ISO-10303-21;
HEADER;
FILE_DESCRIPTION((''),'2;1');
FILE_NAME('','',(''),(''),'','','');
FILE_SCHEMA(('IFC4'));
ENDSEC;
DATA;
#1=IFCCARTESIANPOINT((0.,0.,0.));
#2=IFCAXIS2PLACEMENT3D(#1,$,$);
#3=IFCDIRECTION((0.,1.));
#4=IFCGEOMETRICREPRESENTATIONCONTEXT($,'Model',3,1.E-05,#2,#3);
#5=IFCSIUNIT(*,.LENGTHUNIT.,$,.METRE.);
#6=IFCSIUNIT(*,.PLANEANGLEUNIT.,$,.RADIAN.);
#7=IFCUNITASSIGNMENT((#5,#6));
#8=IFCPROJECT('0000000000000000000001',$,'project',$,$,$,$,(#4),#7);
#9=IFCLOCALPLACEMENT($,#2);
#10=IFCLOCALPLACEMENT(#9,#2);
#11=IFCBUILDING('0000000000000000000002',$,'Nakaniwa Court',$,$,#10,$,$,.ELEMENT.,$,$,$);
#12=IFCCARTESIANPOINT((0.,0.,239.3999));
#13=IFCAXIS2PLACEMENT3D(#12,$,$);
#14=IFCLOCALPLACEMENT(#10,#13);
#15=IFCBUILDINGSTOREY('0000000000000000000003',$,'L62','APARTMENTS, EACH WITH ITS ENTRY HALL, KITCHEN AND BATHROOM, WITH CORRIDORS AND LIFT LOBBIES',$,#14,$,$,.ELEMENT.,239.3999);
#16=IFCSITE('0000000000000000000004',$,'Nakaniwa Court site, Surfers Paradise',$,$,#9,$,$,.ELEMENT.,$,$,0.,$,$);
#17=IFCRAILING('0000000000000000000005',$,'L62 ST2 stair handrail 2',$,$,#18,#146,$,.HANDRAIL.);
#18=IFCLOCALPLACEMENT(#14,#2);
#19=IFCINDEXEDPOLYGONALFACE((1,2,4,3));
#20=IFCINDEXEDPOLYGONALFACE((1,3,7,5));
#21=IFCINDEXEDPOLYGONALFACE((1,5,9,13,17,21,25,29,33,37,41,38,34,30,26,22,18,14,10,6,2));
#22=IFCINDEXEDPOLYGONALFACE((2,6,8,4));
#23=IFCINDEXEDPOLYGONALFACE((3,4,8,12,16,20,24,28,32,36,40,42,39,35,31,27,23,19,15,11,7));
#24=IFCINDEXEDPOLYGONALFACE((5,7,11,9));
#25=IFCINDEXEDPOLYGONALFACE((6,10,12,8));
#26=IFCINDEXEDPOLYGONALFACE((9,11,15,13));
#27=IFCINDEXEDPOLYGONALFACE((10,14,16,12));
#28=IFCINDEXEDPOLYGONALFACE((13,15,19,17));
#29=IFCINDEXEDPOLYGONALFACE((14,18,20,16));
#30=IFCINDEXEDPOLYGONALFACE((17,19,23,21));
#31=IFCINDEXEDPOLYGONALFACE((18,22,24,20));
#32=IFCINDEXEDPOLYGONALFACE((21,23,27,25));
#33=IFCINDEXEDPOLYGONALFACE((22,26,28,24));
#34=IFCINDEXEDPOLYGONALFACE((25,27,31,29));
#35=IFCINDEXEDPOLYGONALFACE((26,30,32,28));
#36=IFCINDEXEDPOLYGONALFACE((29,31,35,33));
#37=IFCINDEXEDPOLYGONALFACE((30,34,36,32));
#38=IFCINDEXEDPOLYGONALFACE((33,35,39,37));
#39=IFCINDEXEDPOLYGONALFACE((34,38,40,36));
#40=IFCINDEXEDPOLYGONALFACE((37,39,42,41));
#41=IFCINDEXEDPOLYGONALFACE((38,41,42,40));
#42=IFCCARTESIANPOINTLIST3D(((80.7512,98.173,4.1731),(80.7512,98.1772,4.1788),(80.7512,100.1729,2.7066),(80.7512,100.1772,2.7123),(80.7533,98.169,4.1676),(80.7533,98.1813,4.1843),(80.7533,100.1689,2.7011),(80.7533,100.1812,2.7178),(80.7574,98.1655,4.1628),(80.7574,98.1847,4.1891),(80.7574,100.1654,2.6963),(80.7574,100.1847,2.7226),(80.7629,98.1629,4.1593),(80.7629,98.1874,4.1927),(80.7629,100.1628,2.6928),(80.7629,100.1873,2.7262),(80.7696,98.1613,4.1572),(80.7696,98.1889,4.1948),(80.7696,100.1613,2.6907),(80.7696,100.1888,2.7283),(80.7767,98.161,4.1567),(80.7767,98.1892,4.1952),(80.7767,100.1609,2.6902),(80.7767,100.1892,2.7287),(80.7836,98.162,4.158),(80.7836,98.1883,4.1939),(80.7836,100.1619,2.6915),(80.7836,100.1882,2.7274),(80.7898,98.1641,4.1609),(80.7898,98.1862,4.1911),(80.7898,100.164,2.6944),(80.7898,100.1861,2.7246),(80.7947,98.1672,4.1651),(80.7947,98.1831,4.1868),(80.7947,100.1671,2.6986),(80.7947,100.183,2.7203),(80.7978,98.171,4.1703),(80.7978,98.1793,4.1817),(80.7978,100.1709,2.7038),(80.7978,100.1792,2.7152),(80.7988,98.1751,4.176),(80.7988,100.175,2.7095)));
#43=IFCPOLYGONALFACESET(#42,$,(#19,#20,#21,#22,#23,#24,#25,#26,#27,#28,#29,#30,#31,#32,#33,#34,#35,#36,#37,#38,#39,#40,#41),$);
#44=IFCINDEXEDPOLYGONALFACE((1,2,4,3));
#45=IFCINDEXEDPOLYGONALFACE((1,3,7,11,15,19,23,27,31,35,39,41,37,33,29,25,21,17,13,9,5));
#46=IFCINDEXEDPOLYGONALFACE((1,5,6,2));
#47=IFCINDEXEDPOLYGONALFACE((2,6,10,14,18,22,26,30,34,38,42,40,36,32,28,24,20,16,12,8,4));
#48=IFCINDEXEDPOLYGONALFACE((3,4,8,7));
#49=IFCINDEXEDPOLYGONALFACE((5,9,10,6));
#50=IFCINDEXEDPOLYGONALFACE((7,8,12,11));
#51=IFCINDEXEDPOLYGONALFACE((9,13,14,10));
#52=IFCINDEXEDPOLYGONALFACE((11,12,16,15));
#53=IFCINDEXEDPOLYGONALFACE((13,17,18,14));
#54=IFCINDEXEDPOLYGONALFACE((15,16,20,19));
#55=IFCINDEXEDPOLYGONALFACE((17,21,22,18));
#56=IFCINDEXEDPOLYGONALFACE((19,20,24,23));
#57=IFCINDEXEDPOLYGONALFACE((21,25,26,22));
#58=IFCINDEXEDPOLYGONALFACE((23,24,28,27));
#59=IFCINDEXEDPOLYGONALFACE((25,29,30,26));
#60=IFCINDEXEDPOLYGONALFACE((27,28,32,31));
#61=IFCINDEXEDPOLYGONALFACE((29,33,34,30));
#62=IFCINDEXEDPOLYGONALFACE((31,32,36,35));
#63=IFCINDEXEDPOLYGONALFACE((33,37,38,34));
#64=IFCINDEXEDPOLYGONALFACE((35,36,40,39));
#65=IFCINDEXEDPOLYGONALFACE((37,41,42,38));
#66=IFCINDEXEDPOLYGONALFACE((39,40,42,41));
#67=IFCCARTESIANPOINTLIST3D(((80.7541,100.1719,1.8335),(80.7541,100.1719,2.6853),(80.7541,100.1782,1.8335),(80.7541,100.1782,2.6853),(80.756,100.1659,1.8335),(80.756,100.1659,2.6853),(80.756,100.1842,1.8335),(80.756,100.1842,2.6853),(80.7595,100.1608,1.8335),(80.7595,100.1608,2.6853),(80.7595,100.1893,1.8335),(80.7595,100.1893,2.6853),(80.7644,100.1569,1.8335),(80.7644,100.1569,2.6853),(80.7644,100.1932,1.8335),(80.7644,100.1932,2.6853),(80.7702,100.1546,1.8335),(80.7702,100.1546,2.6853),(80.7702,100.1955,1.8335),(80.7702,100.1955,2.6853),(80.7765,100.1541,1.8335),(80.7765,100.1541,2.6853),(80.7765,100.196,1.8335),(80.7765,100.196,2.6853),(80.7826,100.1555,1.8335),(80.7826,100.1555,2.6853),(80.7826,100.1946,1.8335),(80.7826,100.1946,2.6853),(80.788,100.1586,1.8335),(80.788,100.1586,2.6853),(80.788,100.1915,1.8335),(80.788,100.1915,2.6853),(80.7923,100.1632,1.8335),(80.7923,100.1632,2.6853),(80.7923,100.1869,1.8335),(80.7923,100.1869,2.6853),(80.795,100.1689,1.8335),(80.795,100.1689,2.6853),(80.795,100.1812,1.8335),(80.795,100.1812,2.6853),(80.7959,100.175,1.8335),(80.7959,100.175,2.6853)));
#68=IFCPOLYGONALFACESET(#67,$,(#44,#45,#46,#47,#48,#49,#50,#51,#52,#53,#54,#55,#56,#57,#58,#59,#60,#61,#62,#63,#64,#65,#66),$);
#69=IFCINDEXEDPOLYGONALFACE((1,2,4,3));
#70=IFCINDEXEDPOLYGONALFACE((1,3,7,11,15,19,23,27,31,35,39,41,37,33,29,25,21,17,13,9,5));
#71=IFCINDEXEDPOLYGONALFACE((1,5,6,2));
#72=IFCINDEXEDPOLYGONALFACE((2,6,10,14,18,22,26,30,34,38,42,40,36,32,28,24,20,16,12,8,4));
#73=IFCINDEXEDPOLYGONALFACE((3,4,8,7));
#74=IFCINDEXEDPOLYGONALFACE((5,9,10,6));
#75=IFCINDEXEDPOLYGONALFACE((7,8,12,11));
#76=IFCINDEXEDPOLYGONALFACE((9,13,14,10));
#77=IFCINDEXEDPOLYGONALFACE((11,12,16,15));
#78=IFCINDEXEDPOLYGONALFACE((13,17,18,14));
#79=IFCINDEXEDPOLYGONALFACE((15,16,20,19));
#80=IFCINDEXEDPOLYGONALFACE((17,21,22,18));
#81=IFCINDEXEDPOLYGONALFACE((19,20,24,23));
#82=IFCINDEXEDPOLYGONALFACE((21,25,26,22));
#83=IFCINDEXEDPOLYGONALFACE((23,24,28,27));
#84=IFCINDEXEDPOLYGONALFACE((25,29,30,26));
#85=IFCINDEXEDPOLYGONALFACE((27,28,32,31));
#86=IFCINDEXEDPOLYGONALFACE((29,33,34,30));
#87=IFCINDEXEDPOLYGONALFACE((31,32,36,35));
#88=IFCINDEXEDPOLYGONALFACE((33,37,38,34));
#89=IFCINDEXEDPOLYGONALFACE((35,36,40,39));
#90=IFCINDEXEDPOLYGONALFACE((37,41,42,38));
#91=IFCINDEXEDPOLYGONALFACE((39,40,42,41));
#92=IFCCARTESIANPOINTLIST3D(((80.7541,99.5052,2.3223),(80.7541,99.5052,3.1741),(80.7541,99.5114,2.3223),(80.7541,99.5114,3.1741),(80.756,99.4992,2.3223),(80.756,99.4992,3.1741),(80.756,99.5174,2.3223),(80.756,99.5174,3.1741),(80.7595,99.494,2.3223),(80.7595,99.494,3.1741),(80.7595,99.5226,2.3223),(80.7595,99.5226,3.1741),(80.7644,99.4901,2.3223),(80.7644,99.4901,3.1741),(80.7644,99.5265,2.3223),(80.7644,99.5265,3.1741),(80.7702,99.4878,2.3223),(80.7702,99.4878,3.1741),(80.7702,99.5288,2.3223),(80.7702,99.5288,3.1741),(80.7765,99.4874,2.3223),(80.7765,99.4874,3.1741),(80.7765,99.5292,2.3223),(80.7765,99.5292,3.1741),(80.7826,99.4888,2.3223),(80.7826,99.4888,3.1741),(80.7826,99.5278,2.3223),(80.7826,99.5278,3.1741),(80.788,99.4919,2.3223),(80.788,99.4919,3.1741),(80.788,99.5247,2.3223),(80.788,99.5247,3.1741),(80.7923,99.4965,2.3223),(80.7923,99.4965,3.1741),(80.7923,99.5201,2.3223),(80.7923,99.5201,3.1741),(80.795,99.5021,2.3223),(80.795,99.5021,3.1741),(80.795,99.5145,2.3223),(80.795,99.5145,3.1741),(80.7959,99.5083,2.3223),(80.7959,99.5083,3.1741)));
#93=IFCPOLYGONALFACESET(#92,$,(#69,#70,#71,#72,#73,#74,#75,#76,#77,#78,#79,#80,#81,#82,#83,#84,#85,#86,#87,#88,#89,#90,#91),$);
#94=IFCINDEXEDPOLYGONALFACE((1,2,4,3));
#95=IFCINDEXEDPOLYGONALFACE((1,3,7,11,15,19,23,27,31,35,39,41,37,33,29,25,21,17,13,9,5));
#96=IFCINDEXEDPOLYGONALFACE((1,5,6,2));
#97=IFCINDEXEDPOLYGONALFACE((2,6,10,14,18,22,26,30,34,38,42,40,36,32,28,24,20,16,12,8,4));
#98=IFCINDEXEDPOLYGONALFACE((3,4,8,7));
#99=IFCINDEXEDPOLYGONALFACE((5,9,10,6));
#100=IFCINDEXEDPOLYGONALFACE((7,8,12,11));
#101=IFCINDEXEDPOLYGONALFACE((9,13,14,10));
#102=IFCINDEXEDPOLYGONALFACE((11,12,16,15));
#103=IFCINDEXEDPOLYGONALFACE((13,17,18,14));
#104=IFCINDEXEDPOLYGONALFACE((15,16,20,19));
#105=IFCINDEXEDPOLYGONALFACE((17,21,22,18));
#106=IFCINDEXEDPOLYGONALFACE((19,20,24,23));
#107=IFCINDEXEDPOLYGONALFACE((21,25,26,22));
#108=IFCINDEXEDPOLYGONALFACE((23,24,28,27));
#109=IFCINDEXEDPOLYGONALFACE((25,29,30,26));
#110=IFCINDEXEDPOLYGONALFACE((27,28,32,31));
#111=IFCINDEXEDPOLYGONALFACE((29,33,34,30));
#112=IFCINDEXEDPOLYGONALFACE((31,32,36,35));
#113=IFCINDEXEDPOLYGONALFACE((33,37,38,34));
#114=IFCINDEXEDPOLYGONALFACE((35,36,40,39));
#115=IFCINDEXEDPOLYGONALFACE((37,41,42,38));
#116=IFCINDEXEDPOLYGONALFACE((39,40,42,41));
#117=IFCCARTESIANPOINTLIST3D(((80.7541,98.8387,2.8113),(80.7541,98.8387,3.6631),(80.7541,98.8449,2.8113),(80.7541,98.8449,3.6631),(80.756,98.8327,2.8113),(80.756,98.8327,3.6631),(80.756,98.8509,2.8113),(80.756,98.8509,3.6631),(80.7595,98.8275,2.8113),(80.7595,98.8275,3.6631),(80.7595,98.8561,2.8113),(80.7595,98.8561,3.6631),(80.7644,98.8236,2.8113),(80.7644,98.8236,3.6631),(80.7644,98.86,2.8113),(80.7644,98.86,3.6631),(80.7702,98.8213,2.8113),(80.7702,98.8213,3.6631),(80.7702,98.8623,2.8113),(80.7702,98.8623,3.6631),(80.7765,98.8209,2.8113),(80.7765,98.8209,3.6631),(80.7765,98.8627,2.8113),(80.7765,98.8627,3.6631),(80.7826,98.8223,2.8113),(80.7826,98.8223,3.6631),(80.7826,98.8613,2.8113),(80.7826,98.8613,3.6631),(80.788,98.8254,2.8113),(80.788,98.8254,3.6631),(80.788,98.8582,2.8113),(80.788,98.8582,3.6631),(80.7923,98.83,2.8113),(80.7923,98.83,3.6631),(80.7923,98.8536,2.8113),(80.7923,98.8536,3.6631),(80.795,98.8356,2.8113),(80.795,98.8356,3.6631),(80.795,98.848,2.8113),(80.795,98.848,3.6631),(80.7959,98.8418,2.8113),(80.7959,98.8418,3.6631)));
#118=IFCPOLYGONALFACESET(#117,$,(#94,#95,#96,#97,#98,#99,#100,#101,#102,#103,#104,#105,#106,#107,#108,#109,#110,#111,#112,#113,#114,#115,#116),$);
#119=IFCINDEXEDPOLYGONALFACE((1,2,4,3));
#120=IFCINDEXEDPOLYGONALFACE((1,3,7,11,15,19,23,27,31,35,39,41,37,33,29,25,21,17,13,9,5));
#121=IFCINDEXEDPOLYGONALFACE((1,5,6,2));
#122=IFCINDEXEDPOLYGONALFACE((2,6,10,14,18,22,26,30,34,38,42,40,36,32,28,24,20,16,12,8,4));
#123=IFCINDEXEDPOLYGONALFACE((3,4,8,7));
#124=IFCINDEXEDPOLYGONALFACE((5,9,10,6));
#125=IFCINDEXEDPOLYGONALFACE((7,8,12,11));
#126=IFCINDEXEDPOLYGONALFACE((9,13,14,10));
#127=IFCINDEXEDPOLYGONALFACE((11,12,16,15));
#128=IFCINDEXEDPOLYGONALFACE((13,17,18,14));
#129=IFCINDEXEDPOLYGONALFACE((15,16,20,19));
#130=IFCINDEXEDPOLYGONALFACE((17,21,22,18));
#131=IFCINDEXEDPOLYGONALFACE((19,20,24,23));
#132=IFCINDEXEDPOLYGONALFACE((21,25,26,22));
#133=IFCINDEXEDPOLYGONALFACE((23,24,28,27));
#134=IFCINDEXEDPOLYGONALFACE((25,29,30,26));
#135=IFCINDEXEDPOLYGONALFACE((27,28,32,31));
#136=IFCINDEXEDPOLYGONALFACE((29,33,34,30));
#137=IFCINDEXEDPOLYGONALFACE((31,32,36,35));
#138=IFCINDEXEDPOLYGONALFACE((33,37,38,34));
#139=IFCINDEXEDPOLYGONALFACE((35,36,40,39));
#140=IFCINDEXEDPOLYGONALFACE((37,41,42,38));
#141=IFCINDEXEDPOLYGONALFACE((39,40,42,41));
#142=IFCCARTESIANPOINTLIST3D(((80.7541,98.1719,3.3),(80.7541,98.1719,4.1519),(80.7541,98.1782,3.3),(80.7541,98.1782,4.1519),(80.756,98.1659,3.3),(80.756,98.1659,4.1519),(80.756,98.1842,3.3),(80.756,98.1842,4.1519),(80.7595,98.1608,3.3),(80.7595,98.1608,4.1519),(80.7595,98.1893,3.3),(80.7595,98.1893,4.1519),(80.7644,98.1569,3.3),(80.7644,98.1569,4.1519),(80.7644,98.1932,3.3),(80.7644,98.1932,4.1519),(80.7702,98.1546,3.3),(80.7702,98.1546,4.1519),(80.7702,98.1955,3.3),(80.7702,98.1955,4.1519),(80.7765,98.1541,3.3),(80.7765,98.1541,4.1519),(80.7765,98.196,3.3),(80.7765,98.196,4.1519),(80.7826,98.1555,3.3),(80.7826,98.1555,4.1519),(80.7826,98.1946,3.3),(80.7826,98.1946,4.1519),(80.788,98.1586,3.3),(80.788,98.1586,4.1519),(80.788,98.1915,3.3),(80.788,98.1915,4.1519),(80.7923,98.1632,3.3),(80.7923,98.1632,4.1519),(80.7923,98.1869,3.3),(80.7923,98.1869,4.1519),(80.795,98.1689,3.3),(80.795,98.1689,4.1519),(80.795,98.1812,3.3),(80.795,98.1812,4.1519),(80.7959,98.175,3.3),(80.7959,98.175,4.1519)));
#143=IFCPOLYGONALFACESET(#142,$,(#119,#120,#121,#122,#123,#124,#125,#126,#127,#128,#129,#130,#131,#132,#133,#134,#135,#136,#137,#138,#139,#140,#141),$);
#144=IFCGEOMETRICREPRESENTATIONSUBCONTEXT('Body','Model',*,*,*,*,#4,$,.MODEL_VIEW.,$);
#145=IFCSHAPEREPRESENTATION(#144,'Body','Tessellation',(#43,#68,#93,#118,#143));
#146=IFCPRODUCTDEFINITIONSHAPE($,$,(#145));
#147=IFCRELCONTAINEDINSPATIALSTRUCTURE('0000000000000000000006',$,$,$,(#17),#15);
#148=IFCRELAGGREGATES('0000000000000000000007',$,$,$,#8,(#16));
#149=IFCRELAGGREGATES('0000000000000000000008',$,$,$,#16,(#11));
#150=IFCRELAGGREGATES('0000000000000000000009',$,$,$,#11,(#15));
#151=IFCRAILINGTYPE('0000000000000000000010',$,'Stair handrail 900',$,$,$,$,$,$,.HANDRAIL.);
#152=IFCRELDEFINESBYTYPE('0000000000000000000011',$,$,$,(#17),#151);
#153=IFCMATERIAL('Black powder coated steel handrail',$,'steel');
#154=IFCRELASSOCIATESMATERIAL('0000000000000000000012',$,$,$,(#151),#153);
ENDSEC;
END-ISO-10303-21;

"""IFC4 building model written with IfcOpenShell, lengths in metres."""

from ifc_helpers import new_model, si_unit, direction, frame, origin, origin_2d, place, context, subcontext, project, spatial, circle, extrude, material, type_object, element, save


model = new_model("IFC4")

# Units and contexts
model_context = context("Model", 3, precision=1e-05, world=origin(), true_north=direction((0.0, 1.0)))
body_context = subcontext(model_context, "Body", "Model", "MODEL_VIEW")
ifc_project = project(units=[si_unit("LENGTHUNIT", "METRE"), si_unit("PLANEANGLEUNIT", "RADIAN")], contexts=[model_context])

# Site, building, storey
site_placement = place(None, origin())
site = spatial("IfcSite", under=ifc_project, at=site_placement, Name="Nakaniwa Court site, Surfers Paradise", CompositionType="ELEMENT", RefElevation=0.0)
building_placement = place(site_placement, origin())
building = spatial("IfcBuilding", under=site, at=building_placement, Name="Nakaniwa Court", CompositionType="ELEMENT")
storey_placement = place(building_placement, frame((0.0, 0.0, 239.3999)))
storey = spatial("IfcBuildingStorey", under=building, at=storey_placement, Name="L62", Description="APARTMENTS, EACH WITH ITS ENTRY HALL, KITCHEN AND BATHROOM, WITH CORRIDORS AND LIFT LOBBIES", CompositionType="ELEMENT", Elevation=239.3999)

# Railing
ifc_material_1 = material(Name="Black powder coated steel handrail", Category="steel")
railing_type_1 = type_object("IfcRailingType", Name="Stair handrail 900", PredefinedType="HANDRAIL", material=ifc_material_1)
railing_1_placement = place(storey_placement, frame((80.7749, 100.175, 1.8335)))
element("IfcRailing", 1, at=railing_1_placement, inside=storey, type_object=railing_type_1, Name="L62 ST2 stair handrail 2", PredefinedType="HANDRAIL", context=body_context, shape_type="SweptSolid", body=[
    extrude(circle(Radius=0.0239, at=origin_2d()), frame((0.0, 0.0, 0.876), z_axis=(0.0, -0.806427, 0.591334), x_axis=(1.0, 0.0, 0.0)), (0.0, 0.0, 1.0), 2.48),
    extrude(circle(Radius=0.021, at=origin_2d()), origin(), (0.0, 0.0, 1.0), 0.8518),
    extrude(circle(Radius=0.021, at=origin_2d()), frame((0.0, -0.6667, 0.4888)), (0.0, 0.0, 1.0), 0.8518),
    extrude(circle(Radius=0.021, at=origin_2d()), frame((0.0, -1.3333, 0.9778)), (0.0, 0.0, 1.0), 0.8518),
    extrude(circle(Radius=0.021, at=origin_2d()), frame((0.0, -2.0, 1.4666)), (0.0, 0.0, 1.0), 0.8518),
])

save(model, "model.ifc")
